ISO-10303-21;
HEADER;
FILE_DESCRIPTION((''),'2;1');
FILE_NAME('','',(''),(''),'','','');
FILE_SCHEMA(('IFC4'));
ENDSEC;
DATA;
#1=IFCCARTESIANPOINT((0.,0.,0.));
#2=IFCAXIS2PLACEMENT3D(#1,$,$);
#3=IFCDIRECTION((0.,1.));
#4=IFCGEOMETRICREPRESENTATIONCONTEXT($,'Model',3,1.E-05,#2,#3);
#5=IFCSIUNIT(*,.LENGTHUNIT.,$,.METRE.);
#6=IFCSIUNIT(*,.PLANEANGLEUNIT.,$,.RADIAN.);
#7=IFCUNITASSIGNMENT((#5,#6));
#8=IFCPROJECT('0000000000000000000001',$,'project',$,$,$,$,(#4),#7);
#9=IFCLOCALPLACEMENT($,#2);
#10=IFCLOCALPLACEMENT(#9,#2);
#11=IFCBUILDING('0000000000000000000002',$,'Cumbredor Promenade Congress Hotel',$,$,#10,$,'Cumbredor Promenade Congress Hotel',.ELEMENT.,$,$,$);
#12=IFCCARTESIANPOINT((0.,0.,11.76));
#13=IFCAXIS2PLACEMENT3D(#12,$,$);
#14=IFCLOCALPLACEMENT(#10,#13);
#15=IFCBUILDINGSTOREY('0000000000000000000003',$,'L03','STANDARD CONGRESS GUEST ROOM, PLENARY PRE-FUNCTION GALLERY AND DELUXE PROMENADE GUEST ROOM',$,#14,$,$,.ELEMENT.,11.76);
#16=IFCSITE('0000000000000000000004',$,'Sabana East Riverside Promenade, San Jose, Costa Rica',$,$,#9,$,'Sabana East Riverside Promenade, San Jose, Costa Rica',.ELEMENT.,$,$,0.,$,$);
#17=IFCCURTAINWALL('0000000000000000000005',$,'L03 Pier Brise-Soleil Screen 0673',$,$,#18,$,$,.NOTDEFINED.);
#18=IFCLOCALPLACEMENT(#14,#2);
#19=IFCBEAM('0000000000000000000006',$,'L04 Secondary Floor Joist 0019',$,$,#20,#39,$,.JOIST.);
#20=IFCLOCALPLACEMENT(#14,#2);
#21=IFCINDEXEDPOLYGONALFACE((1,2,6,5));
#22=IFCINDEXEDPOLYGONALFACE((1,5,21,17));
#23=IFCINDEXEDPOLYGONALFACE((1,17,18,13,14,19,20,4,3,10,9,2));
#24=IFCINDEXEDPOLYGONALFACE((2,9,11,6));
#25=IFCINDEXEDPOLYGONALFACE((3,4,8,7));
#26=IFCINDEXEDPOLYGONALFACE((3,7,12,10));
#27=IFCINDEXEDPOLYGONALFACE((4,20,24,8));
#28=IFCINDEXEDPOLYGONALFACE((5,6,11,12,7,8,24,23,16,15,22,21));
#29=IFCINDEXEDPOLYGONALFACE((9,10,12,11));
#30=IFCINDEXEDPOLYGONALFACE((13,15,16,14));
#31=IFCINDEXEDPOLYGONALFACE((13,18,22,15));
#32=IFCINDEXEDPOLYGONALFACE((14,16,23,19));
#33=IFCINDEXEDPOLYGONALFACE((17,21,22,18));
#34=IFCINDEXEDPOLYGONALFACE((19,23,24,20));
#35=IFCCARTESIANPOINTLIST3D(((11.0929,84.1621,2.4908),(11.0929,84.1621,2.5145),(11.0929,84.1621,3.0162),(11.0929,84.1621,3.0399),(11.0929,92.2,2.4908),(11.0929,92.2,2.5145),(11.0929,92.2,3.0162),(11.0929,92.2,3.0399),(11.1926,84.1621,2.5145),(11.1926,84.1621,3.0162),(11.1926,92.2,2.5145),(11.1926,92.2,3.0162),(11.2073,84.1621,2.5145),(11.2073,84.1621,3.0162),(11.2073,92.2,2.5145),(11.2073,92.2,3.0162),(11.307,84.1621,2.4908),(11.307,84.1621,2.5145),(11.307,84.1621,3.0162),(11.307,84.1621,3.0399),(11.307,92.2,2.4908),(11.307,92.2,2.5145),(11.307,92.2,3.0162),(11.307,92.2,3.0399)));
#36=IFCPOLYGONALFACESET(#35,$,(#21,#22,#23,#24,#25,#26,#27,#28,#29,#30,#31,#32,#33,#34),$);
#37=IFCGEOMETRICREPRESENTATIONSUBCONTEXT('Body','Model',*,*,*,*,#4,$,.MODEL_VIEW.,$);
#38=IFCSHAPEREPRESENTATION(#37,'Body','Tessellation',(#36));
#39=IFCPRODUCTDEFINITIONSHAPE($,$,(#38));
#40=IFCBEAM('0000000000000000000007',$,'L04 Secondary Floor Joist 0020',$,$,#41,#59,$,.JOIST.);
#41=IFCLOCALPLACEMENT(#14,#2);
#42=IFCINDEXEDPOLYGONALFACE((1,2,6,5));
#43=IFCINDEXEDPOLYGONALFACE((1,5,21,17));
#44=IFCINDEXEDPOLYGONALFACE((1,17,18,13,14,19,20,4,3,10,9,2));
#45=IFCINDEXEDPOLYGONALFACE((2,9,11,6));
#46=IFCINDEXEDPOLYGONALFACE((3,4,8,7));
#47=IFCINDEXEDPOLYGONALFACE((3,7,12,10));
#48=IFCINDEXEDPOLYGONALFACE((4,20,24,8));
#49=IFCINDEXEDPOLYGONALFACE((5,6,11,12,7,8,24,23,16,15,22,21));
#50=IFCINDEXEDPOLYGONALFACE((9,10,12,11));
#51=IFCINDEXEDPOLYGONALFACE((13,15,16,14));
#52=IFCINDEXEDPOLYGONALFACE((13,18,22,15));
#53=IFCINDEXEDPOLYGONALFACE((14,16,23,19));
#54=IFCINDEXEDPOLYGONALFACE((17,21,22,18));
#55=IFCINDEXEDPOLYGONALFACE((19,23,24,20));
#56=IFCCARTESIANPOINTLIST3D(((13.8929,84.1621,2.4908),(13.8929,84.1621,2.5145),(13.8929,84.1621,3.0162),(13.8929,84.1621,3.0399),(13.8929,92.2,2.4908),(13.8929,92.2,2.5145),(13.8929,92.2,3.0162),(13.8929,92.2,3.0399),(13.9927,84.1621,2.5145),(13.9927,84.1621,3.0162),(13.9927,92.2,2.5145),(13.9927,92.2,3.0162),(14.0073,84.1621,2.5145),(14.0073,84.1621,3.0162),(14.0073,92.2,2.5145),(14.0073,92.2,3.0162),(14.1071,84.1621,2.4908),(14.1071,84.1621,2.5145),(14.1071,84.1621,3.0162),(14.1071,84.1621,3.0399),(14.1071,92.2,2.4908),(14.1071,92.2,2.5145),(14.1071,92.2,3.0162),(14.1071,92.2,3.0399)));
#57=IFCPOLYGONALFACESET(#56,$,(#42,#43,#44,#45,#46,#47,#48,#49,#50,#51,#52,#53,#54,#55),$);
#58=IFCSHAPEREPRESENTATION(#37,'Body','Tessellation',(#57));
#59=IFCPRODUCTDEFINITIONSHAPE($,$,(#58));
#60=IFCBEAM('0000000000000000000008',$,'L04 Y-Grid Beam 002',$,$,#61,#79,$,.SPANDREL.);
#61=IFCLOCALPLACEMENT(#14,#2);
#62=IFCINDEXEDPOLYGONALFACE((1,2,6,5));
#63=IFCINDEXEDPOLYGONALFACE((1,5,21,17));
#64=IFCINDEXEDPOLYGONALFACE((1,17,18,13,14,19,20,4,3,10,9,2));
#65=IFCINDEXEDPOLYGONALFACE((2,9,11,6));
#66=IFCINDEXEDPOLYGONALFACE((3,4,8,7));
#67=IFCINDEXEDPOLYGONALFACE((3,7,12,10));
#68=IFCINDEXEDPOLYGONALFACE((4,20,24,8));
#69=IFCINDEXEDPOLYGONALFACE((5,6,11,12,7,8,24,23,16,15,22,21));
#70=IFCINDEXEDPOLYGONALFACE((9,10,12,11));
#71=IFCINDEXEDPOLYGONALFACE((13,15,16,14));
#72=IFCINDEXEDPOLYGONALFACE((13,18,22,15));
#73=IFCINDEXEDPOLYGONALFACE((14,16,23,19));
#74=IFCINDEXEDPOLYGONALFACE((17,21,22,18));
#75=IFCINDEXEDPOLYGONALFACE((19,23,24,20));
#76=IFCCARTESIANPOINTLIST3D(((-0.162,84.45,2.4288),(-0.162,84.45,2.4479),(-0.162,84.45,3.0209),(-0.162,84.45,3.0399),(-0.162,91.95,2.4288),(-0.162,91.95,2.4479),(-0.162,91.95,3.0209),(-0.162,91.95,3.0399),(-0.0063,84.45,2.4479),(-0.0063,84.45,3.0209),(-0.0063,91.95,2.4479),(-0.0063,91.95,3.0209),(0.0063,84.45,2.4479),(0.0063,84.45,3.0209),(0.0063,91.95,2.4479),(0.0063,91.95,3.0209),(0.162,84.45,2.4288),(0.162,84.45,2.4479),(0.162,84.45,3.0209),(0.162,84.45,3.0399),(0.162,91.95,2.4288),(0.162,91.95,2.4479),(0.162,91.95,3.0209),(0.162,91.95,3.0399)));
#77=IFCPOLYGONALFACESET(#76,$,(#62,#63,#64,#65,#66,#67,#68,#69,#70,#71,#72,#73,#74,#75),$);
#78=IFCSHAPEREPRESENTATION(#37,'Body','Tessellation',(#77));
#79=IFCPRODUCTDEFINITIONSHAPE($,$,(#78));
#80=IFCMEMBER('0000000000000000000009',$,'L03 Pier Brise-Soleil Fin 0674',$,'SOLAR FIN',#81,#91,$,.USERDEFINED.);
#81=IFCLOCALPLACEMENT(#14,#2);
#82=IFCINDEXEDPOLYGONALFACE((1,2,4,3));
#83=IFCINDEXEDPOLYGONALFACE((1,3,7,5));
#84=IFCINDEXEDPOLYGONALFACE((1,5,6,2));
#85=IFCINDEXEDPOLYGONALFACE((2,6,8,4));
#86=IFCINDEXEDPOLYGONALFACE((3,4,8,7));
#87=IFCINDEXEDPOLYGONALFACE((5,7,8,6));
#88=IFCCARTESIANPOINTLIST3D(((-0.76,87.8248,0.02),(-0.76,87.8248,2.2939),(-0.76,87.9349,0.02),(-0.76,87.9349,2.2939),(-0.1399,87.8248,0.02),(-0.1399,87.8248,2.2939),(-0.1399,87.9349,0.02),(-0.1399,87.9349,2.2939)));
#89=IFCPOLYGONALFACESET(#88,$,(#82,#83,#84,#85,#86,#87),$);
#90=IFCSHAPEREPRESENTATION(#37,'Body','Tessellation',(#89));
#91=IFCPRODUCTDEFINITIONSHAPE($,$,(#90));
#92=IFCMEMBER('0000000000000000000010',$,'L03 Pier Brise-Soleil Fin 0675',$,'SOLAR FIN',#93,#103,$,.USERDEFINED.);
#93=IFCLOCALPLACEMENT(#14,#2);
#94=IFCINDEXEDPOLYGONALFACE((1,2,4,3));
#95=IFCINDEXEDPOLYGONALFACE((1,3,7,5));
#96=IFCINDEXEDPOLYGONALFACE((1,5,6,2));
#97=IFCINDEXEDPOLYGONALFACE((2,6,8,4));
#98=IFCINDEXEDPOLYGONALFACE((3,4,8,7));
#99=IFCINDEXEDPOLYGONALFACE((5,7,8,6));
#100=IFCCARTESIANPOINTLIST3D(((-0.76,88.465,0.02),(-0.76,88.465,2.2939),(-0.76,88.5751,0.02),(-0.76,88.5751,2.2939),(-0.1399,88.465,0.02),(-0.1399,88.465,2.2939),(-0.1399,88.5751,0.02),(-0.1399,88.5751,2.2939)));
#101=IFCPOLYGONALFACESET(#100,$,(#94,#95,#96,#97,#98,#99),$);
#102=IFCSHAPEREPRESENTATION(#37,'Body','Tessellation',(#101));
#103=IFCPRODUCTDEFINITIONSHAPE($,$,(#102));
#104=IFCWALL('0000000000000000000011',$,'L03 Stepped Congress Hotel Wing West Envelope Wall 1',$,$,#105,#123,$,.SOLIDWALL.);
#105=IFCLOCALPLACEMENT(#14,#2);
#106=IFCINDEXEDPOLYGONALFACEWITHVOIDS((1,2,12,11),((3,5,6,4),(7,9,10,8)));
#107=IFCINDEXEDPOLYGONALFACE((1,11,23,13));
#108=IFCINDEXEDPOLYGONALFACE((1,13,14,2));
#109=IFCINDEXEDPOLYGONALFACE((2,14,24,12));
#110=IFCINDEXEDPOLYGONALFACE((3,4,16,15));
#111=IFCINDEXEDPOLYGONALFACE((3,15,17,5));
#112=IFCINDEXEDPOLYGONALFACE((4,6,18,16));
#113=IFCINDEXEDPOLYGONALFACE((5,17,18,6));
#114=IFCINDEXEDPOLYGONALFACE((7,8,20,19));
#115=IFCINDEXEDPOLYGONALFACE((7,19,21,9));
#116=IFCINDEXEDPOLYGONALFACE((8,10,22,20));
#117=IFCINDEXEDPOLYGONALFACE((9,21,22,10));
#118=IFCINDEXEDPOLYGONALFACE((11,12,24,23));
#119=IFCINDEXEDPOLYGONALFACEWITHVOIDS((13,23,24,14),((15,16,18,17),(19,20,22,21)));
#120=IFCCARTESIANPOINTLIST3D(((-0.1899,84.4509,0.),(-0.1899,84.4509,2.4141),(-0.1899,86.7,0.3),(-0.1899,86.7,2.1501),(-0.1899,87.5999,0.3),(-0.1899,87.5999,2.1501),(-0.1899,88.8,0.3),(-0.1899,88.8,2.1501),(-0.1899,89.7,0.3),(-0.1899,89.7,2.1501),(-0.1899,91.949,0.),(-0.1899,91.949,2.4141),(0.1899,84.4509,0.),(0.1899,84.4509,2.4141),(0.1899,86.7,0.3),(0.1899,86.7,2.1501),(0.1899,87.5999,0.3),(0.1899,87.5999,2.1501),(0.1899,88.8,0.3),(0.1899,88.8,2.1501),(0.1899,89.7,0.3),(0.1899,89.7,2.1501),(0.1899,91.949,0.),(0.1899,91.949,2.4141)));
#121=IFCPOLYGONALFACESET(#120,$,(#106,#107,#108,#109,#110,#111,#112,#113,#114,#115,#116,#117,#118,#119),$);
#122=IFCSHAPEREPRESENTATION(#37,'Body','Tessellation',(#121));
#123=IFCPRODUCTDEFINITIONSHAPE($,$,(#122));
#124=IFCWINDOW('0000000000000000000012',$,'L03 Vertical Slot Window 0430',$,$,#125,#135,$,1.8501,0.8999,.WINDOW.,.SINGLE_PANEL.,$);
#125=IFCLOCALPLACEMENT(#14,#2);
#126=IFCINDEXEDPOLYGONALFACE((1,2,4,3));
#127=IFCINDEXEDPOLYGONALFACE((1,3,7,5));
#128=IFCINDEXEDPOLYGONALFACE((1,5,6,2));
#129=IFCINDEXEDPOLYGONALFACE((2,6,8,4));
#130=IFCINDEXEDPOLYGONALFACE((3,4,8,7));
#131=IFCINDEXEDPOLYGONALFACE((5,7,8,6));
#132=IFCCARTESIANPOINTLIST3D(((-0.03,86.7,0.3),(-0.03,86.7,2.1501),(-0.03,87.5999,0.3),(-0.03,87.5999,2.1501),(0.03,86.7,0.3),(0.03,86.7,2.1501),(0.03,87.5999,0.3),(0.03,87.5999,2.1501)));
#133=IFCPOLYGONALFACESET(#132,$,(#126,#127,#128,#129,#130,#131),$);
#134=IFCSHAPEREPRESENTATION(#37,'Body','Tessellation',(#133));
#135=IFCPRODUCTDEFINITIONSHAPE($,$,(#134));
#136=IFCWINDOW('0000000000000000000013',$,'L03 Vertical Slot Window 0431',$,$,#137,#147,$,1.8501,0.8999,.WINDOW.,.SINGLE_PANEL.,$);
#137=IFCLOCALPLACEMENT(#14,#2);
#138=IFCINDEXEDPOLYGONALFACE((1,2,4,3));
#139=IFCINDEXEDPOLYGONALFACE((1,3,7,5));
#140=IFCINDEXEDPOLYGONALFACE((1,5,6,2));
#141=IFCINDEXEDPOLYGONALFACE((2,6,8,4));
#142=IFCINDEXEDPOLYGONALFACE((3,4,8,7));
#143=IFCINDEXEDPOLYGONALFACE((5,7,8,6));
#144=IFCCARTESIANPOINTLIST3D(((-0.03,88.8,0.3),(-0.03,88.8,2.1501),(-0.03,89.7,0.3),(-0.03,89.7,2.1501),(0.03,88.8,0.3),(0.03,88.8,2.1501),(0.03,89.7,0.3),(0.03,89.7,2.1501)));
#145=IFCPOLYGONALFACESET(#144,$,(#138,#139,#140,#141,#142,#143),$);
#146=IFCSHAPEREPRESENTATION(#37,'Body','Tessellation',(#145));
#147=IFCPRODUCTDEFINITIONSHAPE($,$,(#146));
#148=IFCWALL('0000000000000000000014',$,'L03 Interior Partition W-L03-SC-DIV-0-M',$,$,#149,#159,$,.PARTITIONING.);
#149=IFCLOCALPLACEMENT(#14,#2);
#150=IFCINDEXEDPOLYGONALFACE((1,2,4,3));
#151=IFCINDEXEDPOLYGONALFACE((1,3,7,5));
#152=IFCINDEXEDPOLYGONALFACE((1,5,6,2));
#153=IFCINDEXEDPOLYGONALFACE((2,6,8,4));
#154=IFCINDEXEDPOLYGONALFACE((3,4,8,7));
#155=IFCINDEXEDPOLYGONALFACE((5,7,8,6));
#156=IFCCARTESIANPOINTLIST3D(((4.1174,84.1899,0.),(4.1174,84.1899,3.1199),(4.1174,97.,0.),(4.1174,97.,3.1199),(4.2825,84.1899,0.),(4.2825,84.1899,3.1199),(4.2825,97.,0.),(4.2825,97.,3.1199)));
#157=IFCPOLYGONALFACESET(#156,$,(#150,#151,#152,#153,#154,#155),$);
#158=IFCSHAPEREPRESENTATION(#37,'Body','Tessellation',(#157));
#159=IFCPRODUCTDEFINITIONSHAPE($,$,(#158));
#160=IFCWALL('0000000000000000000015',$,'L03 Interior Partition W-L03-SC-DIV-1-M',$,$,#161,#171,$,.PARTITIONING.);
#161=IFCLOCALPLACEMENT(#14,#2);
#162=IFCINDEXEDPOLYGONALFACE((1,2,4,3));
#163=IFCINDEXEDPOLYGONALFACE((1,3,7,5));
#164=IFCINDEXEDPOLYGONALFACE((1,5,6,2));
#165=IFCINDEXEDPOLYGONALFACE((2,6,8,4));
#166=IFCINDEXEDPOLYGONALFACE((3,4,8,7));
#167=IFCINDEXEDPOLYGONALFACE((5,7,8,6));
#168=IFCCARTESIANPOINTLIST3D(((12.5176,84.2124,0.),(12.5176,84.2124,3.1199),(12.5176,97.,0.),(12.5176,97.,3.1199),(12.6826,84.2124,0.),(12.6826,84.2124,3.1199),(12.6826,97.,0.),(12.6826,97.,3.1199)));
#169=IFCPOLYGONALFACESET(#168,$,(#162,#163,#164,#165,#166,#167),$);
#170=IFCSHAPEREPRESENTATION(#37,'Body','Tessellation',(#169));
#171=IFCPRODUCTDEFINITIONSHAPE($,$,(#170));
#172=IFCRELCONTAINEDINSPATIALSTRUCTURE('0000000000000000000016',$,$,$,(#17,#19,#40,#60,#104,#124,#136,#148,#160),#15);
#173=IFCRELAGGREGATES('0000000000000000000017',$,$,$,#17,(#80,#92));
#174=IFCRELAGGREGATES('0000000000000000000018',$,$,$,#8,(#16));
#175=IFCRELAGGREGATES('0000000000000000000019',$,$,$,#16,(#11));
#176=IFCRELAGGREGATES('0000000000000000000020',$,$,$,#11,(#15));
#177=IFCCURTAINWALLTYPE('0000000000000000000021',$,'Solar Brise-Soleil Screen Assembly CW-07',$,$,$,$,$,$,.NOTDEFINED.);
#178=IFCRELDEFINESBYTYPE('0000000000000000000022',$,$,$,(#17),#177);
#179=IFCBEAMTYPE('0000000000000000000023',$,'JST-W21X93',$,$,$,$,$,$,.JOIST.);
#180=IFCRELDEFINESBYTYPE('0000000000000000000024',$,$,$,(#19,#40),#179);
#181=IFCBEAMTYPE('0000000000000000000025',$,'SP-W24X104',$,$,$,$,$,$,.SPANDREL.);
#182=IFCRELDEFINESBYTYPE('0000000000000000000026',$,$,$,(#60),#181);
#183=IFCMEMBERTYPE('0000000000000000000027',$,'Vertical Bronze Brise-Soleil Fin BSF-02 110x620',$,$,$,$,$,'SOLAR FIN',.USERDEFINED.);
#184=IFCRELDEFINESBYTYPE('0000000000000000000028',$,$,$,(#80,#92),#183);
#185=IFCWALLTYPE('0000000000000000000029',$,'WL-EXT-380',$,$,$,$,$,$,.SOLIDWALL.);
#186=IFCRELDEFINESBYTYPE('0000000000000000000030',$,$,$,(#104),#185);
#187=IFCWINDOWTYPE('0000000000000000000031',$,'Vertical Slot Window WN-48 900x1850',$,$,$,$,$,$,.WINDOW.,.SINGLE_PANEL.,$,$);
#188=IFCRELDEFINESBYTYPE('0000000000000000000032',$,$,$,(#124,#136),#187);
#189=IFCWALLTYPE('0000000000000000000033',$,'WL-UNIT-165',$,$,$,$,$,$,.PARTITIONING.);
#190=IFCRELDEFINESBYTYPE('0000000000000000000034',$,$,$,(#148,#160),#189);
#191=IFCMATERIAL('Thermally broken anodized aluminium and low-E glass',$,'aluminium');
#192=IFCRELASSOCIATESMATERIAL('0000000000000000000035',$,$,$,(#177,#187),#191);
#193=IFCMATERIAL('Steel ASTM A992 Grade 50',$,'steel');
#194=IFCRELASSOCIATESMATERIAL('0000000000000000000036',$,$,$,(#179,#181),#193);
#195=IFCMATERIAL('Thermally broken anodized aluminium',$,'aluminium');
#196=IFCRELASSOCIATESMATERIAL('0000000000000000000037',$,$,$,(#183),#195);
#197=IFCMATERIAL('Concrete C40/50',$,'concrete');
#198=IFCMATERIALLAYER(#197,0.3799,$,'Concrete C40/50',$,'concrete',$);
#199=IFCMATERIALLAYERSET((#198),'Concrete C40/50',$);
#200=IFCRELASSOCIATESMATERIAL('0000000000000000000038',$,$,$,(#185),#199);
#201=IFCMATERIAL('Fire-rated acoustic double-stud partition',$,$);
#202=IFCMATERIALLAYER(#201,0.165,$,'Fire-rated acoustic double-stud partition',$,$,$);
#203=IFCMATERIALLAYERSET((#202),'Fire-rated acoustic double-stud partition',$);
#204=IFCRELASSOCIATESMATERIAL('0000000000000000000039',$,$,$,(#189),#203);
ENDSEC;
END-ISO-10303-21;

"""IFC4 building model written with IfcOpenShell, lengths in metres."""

from ifc_helpers import new_model, si_unit, direction, frame, frame_2d, origin, origin_2d, place, context, subcontext, project, spatial, rectangle, i_section, extrude, material, layer, layer_set, material_profile, profile_set, type_object, element, fill, aggregate, save


model = new_model("IFC4")

# Units and contexts
model_context = context("Model", 3, precision=1e-05, world=origin(), true_north=direction((0.0, 1.0)))
body_context = subcontext(model_context, "Body", "Model", "MODEL_VIEW")
ifc_project = project(units=[si_unit("LENGTHUNIT", "METRE"), si_unit("PLANEANGLEUNIT", "RADIAN")], contexts=[model_context])

# Site, building, storey
site_placement = place(None, origin())
site = spatial("IfcSite", under=ifc_project, at=site_placement, Name="Sabana East Riverside Promenade, San Jose, Costa Rica", LongName="Sabana East Riverside Promenade, San Jose, Costa Rica", CompositionType="ELEMENT", RefElevation=0.0)
building_placement = place(site_placement, origin())
building = spatial("IfcBuilding", under=site, at=building_placement, Name="Cumbredor Promenade Congress Hotel", LongName="Cumbredor Promenade Congress Hotel", CompositionType="ELEMENT")
storey_placement = place(building_placement, frame((0.0, 0.0, 11.76)))
storey = spatial("IfcBuildingStorey", under=building, at=storey_placement, Name="L03", Description="STANDARD CONGRESS GUEST ROOM, PLENARY PRE-FUNCTION GALLERY AND DELUXE PROMENADE GUEST ROOM", CompositionType="ELEMENT", Elevation=11.76)

# Shared definitions
ifc_material_1 = material(Name="Concrete C40/50", Category="concrete")

# Curtain wall
ifc_material_2 = material(Name="Thermally broken anodized aluminium and low-E glass", Category="aluminium")
curtain_wall_type = type_object("IfcCurtainWallType", Name="Solar Brise-Soleil Screen Assembly CW-07", PredefinedType="NOTDEFINED", material=ifc_material_2)
curtain_wall_placement = place(storey_placement, origin())
curtain_wall = element("IfcCurtainWall", 1, at=curtain_wall_placement, inside=storey, type_object=curtain_wall_type, Name="L03 Pier Brise-Soleil Screen 0673", PredefinedType="NOTDEFINED")
ifc_material_3 = material(Name="Thermally broken anodized aluminium", Category="aluminium")

# Beams
ifc_material_4 = material(Name="Steel ASTM A992 Grade 50", Category="steel")
ifc_material_profile_1 = material_profile(ifc_material_4, i_section(OverallWidth=0.2141, OverallDepth=0.5491, WebThickness=0.0146, FlangeThickness=0.0237, at=origin_2d()), Name="W21X93")
ifc_profile_set_1 = profile_set([ifc_material_profile_1], Name="Steel ASTM A992 Grade 50")
beam_type_1 = type_object("IfcBeamType", Name="JST-W21X93", PredefinedType="JOIST", material=ifc_profile_set_1)
for number, where, z_axis, x_axis, name in (
    (2, (11.2, 84.1621, 2.7654), (0.0, 1.0, 0.0), (-1.0, 0.0, 0.0), "L04 Secondary Floor Joist 0019"),
    (3, (14.0, 84.1621, 2.7654), (0.0, 1.0, 0.0), (-1.0, 0.0, 0.0), "L04 Secondary Floor Joist 0020"),
):
    element("IfcBeam", number, at=place(storey_placement, frame(where, z_axis=z_axis, x_axis=x_axis)), inside=storey, type_object=beam_type_1, Name=name, PredefinedType="JOIST", context=body_context, shape_type="SweptSolid", body=[
        extrude(i_section(OverallWidth=0.2141, OverallDepth=0.5491, WebThickness=0.0146, FlangeThickness=0.0237, at=origin_2d()), origin(), (0.0, 0.0, 1.0), 8.0378),
    ])
ifc_material_profile_2 = material_profile(ifc_material_4, i_section(OverallWidth=0.324, OverallDepth=0.6111, WebThickness=0.0127, FlangeThickness=0.019, at=origin_2d()), Name="W24X104")
ifc_profile_set_2 = profile_set([ifc_material_profile_2], Name="Steel ASTM A992 Grade 50")
beam_type_2 = type_object("IfcBeamType", Name="SP-W24X104", PredefinedType="SPANDREL", material=ifc_profile_set_2)
beam_1_placement = place(storey_placement, frame((0.0, 84.45, 2.7344), z_axis=(0.0, 1.0, 0.0), x_axis=(-1.0, 0.0, 0.0)))
element("IfcBeam", 4, at=beam_1_placement, inside=storey, type_object=beam_type_2, Name="L04 Y-Grid Beam 002", PredefinedType="SPANDREL", context=body_context, shape_type="SweptSolid", body=[
    extrude(i_section(OverallWidth=0.324, OverallDepth=0.6111, WebThickness=0.0127, FlangeThickness=0.019, at=origin_2d()), origin(), (0.0, 0.0, 1.0), 7.5),
])

# Members
ifc_material_profile_3 = material_profile(ifc_material_3, rectangle(XDim=0.1101, YDim=0.6201, at=origin_2d()), Name="ARCH FIN 110x620")
ifc_profile_set_3 = profile_set([ifc_material_profile_3], Name="Thermally broken anodized aluminium")
member_type_1 = type_object("IfcMemberType", Name="Vertical Bronze Brise-Soleil Fin BSF-02 110x620", ElementType="SOLAR FIN", PredefinedType="USERDEFINED", material=ifc_profile_set_3)
member_1_placement = place(storey_placement, frame((-0.45, 87.8799, 0.02), z_axis=(0.0, 0.0, 1.0), x_axis=(0.0, 1.0, 0.0)))
member_1 = element("IfcMember", 5, at=member_1_placement, type_object=member_type_1, Name="L03 Pier Brise-Soleil Fin 0674", ObjectType="SOLAR FIN", PredefinedType="USERDEFINED", context=body_context, shape_type="SweptSolid", body=[
    extrude(rectangle(XDim=0.1101, YDim=0.6201, at=origin_2d()), origin(), (0.0, 0.0, 1.0), 2.2739),
])
member_2_placement = place(storey_placement, frame((-0.45, 88.52, 0.02), z_axis=(0.0, 0.0, 1.0), x_axis=(0.0, 1.0, 0.0)))
member_2 = element("IfcMember", 6, at=member_2_placement, type_object=member_type_1, Name="L03 Pier Brise-Soleil Fin 0675", ObjectType="SOLAR FIN", PredefinedType="USERDEFINED", context=body_context, shape_type="SweptSolid", body=[
    extrude(rectangle(XDim=0.1101, YDim=0.6201, at=origin_2d()), origin(), (0.0, 0.0, 1.0), 2.2739),
])
aggregate(curtain_wall, [member_1, member_2])

# Wall, openings, windows
ifc_layer_1 = layer(ifc_material_1, 0.3799, Name="Concrete C40/50", Category="concrete")
ifc_layer_set_1 = layer_set([ifc_layer_1], Name="Concrete C40/50")
wall_type_1 = type_object("IfcWallType", Name="WL-EXT-380", PredefinedType="SOLIDWALL", material=ifc_layer_set_1)
wall_1_placement = place(storey_placement, frame((0.0, 84.4509, 0.0), z_axis=(0.0, 0.0, 1.0), x_axis=(0.0, 1.0, 0.0)))
wall_1 = element("IfcWall", 7, at=wall_1_placement, inside=storey, type_object=wall_type_1, Name="L03 Stepped Congress Hotel Wing West Envelope Wall 1", PredefinedType="SOLIDWALL", context=body_context, shape_type="SweptSolid", body=[
    extrude(rectangle(XDim=7.498, YDim=0.3799, at=frame_2d((3.749, 0.0))), origin(), (0.0, 0.0, 1.0), 2.4141),
])
opening_1_placement = place(wall_1_placement, frame((2.249, 0.0, 0.3)))
opening_1 = element("IfcOpeningElement", 8, at=opening_1_placement, cuts=wall_1, PredefinedType="OPENING", context=body_context, shape_type="SweptSolid", body=[
    extrude(rectangle(XDim=0.8999, YDim=1.8501, at=frame_2d((0.45, 0.925))), frame((0.0, 0.2, 0.0), z_axis=(0.0, -1.0, 0.0), x_axis=(1.0, 0.0, 0.0)), (0.0, 0.0, 1.0), 0.3999),
])
opening_2_placement = place(wall_1_placement, frame((4.3491, 0.0, 0.3)))
opening_2 = element("IfcOpeningElement", 9, at=opening_2_placement, cuts=wall_1, PredefinedType="OPENING", context=body_context, shape_type="SweptSolid", body=[
    extrude(rectangle(XDim=0.8999, YDim=1.8501, at=frame_2d((0.45, 0.925))), frame((0.0, 0.2, 0.0), z_axis=(0.0, -1.0, 0.0), x_axis=(1.0, 0.0, 0.0)), (0.0, 0.0, 1.0), 0.3999),
])
window_type = type_object("IfcWindowType", Name="Vertical Slot Window WN-48 900x1850", PartitioningType="SINGLE_PANEL", PredefinedType="WINDOW", material=ifc_material_2)
window_1_placement = place(opening_1_placement, origin())
window_1 = element("IfcWindow", 10, at=window_1_placement, inside=storey, type_object=window_type, Name="L03 Vertical Slot Window 0430", OverallHeight=1.8501, OverallWidth=0.8999, PartitioningType="SINGLE_PANEL", PredefinedType="WINDOW", context=body_context, shape_type="SweptSolid", body=[
    extrude(rectangle(XDim=0.8999, YDim=1.8501, at=frame_2d((0.45, 0.925))), frame((0.0, 0.03, 0.0), z_axis=(0.0, -1.0, 0.0), x_axis=(1.0, 0.0, 0.0)), (0.0, 0.0, 1.0), 0.0601),
])
fill(opening_1, window_1)
window_2_placement = place(opening_2_placement, origin())
window_2 = element("IfcWindow", 11, at=window_2_placement, inside=storey, type_object=window_type, Name="L03 Vertical Slot Window 0431", OverallHeight=1.8501, OverallWidth=0.8999, PartitioningType="SINGLE_PANEL", PredefinedType="WINDOW", context=body_context, shape_type="SweptSolid", body=[
    extrude(rectangle(XDim=0.8999, YDim=1.8501, at=frame_2d((0.45, 0.925))), frame((0.0, 0.03, 0.0), z_axis=(0.0, -1.0, 0.0), x_axis=(1.0, 0.0, 0.0)), (0.0, 0.0, 1.0), 0.0601),
])
fill(opening_2, window_2)

# Walls
ifc_material_5 = material(Name="Fire-rated acoustic double-stud partition")
ifc_layer_2 = layer(ifc_material_5, 0.165, Name="Fire-rated acoustic double-stud partition")
ifc_layer_set_2 = layer_set([ifc_layer_2], Name="Fire-rated acoustic double-stud partition")
wall_type_2 = type_object("IfcWallType", Name="WL-UNIT-165", PredefinedType="PARTITIONING", material=ifc_layer_set_2)
wall_2_placement = place(storey_placement, frame((4.2, 84.1899, 0.0), z_axis=(0.0, 0.0, 1.0), x_axis=(0.0, 1.0, 0.0)))
element("IfcWall", 12, at=wall_2_placement, inside=storey, type_object=wall_type_2, Name="L03 Interior Partition W-L03-SC-DIV-0-M", PredefinedType="PARTITIONING", context=body_context, shape_type="SweptSolid", body=[
    extrude(rectangle(XDim=12.8101, YDim=0.165, at=frame_2d((6.405, 0.0))), origin(), (0.0, 0.0, 1.0), 3.1199),
])
wall_3_placement = place(storey_placement, frame((12.6001, 84.2124, 0.0), z_axis=(0.0, 0.0, 1.0), x_axis=(0.0, 1.0, 0.0)))
element("IfcWall", 13, at=wall_3_placement, inside=storey, type_object=wall_type_2, Name="L03 Interior Partition W-L03-SC-DIV-1-M", PredefinedType="PARTITIONING", context=body_context, shape_type="SweptSolid", body=[
    extrude(rectangle(XDim=12.7876, YDim=0.165, at=frame_2d((6.3938, 0.0))), origin(), (0.0, 0.0, 1.0), 3.1199),
])

save(model, "model.ifc")
